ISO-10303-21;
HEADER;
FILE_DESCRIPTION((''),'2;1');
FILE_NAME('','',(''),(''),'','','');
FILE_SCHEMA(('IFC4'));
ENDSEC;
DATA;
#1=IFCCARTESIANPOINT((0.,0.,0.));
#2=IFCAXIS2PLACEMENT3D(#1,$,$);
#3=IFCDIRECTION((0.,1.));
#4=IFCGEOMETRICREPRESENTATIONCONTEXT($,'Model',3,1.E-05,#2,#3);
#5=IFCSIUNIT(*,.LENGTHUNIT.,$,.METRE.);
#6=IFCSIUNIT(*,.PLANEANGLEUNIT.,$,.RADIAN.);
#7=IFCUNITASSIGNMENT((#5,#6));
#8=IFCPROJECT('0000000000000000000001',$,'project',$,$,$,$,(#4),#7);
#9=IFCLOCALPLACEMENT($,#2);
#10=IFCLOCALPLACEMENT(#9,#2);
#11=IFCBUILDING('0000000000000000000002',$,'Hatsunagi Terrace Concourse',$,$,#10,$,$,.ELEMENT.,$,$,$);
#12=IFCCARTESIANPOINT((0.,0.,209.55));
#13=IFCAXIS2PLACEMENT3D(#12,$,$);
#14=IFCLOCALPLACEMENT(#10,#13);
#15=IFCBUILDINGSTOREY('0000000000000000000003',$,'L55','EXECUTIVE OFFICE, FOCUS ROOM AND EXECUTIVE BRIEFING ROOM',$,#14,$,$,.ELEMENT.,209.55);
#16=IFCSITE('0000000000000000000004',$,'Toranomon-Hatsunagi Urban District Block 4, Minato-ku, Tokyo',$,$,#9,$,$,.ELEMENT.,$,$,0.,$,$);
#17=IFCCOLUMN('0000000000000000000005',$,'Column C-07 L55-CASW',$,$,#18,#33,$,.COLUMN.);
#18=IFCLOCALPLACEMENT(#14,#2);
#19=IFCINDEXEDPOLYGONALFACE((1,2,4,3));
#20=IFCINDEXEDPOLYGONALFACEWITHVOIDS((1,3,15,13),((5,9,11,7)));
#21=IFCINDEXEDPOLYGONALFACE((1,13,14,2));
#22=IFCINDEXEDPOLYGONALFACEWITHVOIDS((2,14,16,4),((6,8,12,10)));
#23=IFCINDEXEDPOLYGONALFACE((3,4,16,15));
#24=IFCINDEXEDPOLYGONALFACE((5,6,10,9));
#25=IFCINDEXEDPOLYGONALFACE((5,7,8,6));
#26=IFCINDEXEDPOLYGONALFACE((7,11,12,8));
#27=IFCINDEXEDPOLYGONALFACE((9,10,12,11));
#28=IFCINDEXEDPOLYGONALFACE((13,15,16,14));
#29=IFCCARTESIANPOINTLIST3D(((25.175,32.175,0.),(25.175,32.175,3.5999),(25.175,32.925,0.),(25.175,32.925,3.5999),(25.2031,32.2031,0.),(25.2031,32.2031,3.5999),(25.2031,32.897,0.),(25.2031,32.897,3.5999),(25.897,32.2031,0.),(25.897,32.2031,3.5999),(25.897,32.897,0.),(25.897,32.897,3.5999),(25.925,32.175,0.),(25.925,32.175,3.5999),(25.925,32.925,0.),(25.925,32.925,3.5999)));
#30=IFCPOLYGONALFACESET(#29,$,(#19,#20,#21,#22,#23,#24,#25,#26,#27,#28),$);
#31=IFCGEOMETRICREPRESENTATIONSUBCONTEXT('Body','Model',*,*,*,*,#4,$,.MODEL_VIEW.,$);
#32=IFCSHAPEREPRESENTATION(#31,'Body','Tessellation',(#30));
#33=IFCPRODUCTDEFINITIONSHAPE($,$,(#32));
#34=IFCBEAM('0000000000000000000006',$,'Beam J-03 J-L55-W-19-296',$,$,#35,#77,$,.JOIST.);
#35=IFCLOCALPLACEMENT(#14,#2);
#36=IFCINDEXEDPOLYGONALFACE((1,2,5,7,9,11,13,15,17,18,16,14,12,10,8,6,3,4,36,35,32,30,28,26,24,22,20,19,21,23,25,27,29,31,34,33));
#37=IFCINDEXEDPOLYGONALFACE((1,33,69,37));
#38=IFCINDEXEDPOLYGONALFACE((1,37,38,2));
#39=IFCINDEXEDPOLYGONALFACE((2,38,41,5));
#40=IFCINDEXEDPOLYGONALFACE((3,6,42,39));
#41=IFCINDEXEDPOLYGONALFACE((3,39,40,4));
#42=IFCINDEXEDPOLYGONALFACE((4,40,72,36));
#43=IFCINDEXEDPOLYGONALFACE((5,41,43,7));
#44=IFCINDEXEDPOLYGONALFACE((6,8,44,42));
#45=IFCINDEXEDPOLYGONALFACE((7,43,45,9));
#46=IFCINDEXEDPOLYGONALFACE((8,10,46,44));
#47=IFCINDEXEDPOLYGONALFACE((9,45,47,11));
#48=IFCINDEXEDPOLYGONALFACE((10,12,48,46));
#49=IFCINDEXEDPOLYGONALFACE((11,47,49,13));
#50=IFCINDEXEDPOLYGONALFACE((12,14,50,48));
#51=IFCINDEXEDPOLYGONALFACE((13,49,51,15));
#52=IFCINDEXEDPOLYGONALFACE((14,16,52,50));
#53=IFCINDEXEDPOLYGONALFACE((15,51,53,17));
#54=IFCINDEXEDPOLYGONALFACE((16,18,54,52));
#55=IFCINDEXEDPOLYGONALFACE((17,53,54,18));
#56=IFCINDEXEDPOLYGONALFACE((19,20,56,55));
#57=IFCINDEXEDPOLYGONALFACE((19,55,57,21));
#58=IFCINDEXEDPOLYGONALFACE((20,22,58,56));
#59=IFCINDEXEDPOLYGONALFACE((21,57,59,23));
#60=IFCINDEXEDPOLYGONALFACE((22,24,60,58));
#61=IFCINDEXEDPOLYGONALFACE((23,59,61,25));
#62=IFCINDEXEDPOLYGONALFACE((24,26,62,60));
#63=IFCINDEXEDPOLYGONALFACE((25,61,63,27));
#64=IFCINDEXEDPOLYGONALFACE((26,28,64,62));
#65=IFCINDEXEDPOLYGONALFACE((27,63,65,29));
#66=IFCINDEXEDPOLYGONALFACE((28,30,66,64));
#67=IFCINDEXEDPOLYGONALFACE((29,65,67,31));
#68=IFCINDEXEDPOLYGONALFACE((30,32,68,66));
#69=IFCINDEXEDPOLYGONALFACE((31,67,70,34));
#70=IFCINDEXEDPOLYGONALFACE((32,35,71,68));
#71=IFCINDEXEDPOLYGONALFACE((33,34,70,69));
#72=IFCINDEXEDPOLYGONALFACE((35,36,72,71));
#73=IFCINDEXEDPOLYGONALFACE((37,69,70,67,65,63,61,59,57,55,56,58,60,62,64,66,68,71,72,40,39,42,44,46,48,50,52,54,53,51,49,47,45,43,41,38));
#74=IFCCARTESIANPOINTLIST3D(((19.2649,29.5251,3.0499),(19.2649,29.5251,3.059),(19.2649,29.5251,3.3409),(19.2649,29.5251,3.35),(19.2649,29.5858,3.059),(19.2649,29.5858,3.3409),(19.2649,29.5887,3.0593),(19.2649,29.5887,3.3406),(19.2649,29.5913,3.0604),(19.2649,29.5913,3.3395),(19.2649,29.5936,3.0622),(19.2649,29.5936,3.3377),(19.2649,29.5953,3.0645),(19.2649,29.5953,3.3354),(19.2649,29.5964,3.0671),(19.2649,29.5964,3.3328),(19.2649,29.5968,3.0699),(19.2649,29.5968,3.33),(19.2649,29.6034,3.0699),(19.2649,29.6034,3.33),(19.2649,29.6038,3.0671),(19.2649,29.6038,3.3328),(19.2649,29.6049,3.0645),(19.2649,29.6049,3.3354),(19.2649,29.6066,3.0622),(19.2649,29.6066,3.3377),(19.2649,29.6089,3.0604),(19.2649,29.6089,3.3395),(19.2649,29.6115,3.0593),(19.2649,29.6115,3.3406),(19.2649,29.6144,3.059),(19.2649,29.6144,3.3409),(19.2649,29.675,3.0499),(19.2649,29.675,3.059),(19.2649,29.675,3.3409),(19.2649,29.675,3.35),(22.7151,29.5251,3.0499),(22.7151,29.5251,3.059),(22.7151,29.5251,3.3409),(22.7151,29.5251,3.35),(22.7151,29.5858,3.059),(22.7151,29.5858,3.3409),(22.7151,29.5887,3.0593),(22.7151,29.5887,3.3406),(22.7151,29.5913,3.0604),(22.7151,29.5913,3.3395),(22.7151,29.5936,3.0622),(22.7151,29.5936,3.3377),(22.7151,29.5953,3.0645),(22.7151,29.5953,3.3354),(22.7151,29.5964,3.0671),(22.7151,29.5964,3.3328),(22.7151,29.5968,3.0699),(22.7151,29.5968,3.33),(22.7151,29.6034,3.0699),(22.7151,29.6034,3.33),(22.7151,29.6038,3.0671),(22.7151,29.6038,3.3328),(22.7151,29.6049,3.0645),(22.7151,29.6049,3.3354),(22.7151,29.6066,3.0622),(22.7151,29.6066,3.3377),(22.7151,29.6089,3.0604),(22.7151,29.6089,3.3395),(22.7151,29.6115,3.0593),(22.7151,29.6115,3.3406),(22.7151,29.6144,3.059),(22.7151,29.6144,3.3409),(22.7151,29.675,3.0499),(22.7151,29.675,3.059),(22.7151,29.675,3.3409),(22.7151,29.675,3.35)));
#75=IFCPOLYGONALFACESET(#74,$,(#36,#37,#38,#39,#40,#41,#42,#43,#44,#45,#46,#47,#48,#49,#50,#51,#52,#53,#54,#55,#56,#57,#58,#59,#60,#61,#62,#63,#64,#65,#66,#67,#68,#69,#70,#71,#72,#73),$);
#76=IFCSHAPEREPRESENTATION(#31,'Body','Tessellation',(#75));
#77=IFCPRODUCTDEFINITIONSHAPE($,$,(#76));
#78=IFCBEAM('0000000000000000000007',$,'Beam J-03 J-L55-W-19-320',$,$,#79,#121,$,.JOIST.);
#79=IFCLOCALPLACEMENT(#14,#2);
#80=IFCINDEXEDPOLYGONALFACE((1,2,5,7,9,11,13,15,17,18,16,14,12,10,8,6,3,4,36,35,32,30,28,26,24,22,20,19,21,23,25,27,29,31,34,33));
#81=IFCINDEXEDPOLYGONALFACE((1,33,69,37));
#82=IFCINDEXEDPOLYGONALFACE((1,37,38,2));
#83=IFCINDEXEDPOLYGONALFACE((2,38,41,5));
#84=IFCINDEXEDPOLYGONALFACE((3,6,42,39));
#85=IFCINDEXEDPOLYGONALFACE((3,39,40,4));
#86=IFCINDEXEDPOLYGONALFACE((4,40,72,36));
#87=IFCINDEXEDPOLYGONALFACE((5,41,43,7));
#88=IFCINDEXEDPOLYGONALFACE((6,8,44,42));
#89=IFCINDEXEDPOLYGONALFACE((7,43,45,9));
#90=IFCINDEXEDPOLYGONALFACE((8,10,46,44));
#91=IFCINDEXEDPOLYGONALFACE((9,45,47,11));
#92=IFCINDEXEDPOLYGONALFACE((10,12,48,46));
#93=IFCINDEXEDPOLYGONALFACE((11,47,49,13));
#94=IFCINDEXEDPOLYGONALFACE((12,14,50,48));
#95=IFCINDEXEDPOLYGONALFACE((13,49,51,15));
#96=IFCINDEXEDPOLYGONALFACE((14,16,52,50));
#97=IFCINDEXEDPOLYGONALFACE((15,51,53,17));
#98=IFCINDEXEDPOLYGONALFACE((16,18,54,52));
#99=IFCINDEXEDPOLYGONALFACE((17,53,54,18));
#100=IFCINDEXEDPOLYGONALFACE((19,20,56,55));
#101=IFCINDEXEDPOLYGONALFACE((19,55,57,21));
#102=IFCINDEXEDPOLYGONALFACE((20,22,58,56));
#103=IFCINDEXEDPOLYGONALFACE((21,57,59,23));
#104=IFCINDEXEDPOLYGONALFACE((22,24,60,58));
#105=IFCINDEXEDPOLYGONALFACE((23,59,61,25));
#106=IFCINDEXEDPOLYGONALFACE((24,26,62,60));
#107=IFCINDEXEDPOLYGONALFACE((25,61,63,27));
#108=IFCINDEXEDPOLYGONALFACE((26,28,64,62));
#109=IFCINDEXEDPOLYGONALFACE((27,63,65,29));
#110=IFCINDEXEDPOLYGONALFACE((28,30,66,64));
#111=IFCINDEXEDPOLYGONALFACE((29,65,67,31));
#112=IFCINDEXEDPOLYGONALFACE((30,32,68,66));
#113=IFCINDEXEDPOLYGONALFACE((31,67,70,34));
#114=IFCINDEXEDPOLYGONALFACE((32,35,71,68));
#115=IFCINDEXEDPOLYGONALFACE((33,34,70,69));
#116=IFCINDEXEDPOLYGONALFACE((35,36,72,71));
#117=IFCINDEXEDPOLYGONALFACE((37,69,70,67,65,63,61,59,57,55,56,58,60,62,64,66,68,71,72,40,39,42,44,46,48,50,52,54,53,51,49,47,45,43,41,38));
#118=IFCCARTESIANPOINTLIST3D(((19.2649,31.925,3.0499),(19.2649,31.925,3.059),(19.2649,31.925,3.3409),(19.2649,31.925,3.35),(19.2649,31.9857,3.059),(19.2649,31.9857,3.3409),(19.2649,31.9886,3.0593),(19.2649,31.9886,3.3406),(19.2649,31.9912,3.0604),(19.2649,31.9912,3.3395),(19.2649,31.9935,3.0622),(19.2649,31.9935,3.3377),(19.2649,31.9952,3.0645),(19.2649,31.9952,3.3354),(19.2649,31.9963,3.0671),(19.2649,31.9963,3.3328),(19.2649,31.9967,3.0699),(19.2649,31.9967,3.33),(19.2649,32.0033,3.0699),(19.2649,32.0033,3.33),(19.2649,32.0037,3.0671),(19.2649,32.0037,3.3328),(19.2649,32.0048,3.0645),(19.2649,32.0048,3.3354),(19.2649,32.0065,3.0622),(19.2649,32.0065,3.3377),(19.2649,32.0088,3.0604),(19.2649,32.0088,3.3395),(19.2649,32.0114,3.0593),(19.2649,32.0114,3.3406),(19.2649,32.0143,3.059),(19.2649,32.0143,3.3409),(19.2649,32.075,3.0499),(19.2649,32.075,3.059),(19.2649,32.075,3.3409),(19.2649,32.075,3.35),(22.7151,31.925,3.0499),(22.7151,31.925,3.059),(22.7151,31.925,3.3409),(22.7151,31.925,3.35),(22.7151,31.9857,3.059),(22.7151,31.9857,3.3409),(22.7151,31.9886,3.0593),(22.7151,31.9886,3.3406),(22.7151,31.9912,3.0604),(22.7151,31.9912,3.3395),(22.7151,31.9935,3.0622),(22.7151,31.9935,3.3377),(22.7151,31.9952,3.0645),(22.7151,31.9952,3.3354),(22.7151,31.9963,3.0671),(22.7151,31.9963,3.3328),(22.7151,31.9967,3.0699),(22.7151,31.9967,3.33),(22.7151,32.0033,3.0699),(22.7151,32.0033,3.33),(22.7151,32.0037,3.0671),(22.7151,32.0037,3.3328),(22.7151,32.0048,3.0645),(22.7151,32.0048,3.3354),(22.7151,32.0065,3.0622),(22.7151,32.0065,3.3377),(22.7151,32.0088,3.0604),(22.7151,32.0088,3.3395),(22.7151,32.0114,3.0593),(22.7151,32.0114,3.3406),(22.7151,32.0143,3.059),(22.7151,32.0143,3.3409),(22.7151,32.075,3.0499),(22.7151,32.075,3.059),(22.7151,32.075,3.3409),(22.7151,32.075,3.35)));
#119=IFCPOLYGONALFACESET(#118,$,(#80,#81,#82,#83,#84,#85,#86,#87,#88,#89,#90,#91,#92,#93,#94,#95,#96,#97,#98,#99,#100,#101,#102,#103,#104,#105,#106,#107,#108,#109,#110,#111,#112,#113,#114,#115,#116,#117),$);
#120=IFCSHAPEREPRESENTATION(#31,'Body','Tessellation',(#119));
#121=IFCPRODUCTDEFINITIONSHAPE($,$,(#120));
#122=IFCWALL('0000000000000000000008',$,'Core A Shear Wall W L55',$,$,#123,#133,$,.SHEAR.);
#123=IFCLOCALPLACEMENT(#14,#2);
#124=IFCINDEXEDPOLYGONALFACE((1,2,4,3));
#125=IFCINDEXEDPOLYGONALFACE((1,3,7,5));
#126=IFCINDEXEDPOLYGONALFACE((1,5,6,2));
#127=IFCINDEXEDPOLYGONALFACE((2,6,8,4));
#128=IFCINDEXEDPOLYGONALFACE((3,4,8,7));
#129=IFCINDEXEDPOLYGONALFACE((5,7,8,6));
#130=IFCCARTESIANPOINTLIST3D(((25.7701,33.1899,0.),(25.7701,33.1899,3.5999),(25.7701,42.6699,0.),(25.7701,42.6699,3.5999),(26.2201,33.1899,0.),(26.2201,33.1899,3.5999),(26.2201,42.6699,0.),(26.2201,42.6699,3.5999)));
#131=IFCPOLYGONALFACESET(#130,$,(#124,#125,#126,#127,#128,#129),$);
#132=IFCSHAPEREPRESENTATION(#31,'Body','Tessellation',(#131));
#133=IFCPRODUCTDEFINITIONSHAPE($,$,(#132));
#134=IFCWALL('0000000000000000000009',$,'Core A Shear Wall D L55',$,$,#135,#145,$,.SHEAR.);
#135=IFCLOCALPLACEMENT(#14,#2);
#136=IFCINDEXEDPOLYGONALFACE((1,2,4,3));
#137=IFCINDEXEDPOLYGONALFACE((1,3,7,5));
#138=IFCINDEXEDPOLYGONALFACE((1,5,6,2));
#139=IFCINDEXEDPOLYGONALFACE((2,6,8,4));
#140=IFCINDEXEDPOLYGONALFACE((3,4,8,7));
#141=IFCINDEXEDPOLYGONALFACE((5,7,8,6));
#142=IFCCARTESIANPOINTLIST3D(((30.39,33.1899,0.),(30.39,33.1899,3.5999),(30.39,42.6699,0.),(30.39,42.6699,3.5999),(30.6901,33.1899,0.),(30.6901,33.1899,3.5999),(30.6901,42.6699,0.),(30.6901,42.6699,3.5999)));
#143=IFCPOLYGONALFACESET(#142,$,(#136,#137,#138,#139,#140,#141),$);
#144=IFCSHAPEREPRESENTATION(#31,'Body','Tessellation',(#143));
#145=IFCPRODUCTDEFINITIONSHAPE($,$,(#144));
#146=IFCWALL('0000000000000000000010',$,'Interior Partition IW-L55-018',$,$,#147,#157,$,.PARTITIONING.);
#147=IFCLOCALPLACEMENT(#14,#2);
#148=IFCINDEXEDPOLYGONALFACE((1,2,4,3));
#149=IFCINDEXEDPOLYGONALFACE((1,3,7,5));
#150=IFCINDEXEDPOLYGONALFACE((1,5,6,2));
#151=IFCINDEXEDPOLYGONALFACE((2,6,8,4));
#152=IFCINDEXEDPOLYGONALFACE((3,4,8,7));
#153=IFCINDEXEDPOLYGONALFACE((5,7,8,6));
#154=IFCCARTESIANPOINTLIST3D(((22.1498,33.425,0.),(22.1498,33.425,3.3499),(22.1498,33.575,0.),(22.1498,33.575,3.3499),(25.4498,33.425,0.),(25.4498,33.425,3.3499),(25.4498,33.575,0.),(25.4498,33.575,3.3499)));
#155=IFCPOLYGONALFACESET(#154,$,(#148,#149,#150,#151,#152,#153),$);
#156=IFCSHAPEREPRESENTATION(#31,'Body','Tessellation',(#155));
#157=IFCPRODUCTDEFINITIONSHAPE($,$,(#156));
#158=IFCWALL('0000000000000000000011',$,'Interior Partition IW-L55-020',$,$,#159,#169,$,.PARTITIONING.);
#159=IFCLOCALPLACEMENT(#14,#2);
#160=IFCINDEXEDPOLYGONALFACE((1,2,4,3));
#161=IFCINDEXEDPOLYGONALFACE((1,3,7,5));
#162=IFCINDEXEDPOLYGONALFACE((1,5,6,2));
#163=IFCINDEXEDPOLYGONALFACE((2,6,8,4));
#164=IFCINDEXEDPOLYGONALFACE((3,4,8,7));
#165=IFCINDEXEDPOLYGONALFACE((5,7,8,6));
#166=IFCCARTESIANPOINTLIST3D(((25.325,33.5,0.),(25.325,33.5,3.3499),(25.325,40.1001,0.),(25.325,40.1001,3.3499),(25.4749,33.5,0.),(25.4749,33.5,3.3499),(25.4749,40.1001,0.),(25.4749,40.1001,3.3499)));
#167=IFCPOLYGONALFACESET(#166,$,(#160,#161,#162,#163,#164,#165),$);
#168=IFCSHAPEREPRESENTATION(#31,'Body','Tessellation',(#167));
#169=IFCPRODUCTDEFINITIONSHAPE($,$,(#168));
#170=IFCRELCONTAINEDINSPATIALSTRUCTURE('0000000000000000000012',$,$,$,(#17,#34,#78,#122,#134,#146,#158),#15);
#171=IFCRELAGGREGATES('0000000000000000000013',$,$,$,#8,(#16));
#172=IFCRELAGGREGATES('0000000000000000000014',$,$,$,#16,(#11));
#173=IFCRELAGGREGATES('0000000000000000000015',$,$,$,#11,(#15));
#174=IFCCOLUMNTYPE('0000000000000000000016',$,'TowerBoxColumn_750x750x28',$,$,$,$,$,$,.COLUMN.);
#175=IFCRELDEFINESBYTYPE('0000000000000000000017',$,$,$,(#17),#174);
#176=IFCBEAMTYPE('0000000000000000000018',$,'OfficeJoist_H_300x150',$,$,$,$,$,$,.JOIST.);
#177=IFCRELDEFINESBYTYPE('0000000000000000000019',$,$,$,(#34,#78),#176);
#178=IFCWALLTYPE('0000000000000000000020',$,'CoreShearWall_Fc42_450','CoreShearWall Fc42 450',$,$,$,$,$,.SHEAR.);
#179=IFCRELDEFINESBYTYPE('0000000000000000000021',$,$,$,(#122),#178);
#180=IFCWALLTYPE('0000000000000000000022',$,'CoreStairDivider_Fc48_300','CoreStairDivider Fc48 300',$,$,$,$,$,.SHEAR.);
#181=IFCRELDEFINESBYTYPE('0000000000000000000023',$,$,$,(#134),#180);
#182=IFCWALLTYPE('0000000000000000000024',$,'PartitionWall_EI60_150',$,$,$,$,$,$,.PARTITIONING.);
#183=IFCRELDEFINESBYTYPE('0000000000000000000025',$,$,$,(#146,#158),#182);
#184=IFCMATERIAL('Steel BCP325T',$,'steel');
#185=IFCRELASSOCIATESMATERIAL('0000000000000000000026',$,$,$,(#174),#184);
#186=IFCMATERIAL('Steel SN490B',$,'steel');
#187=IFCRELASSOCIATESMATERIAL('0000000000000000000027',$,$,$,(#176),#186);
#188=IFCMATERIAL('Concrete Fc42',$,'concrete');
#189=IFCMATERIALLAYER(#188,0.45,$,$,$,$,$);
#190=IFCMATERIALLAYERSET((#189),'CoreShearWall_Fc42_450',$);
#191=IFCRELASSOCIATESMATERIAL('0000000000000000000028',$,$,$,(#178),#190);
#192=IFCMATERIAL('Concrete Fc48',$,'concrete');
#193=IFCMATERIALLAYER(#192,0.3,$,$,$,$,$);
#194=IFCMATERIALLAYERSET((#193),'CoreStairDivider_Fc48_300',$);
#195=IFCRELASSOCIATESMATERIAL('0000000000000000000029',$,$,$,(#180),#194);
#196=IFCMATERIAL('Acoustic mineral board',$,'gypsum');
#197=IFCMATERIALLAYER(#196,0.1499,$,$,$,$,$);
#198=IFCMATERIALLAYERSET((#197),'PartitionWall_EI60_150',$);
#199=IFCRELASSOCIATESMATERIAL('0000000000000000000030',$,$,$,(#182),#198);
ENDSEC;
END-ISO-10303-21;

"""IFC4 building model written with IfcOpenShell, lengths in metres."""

from ifc_helpers import new_model, si_unit, direction, frame, frame_2d, origin, origin_2d, place, context, subcontext, project, spatial, rectangle, hollow_rectangle, i_section, extrude, material, layer, layer_set, material_profile, profile_set, type_object, element, save


model = new_model("IFC4")

# Units and contexts
model_context = context("Model", 3, precision=1e-05, world=origin(), true_north=direction((0.0, 1.0)))
body_context = subcontext(model_context, "Body", "Model", "MODEL_VIEW")
ifc_project = project(units=[si_unit("LENGTHUNIT", "METRE"), si_unit("PLANEANGLEUNIT", "RADIAN")], contexts=[model_context])

# Site, building, storey
site_placement = place(None, origin())
site = spatial("IfcSite", under=ifc_project, at=site_placement, Name="Toranomon-Hatsunagi Urban District Block 4, Minato-ku, Tokyo", CompositionType="ELEMENT", RefElevation=0.0)
building_placement = place(site_placement, origin())
building = spatial("IfcBuilding", under=site, at=building_placement, Name="Hatsunagi Terrace Concourse", CompositionType="ELEMENT")
storey_placement = place(building_placement, frame((0.0, 0.0, 209.55)))
storey = spatial("IfcBuildingStorey", under=building, at=storey_placement, Name="L55", Description="EXECUTIVE OFFICE, FOCUS ROOM AND EXECUTIVE BRIEFING ROOM", CompositionType="ELEMENT", Elevation=209.55)

# Column
ifc_material_1 = material(Name="Steel BCP325T", Category="steel")
ifc_material_profile_1 = material_profile(ifc_material_1, hollow_rectangle(XDim=0.75, YDim=0.75, WallThickness=0.0281, at=origin_2d()), Name="BCP-750x750x28")
ifc_profile_set_1 = profile_set([ifc_material_profile_1], Name="Steel BCP325T")
column_type = type_object("IfcColumnType", Name="TowerBoxColumn_750x750x28", PredefinedType="COLUMN", material=ifc_profile_set_1)
column_placement = place(storey_placement, frame((25.55, 32.55, 0.0), z_axis=(0.0, 0.0, 1.0), x_axis=(1.0, 0.0, 0.0)))
element("IfcColumn", 1, at=column_placement, inside=storey, type_object=column_type, Name="Column C-07 L55-CASW", PredefinedType="COLUMN", context=body_context, shape_type="SweptSolid", body=[
    extrude(hollow_rectangle(XDim=0.75, YDim=0.75, WallThickness=0.0281, at=origin_2d()), origin(), (0.0, 0.0, 1.0), 3.5999),
])

# Beams
ifc_material_2 = material(Name="Steel SN490B", Category="steel")
ifc_material_profile_2 = material_profile(ifc_material_2, i_section(OverallWidth=0.1499, OverallDepth=0.3, WebThickness=0.0066, FlangeThickness=0.009, FilletRadius=0.011, at=origin_2d()), Name="H-300x150x6.5x9")
ifc_profile_set_2 = profile_set([ifc_material_profile_2], Name="Steel SN490B")
beam_type = type_object("IfcBeamType", Name="OfficeJoist_H_300x150", PredefinedType="JOIST", material=ifc_profile_set_2)
for number, where, z_axis, x_axis, name in (
    (2, (19.2649, 29.6001, 3.2), (1.0, 0.0, 0.0), (0.0, 1.0, 0.0), "Beam J-03 J-L55-W-19-296"),
    (3, (19.2649, 32.0, 3.2), (1.0, 0.0, 0.0), (0.0, 1.0, 0.0), "Beam J-03 J-L55-W-19-320"),
):
    element("IfcBeam", number, at=place(storey_placement, frame(where, z_axis=z_axis, x_axis=x_axis)), inside=storey, type_object=beam_type, Name=name, PredefinedType="JOIST", context=body_context, shape_type="SweptSolid", body=[
        extrude(i_section(OverallWidth=0.1499, OverallDepth=0.3, WebThickness=0.0066, FlangeThickness=0.009, FilletRadius=0.011, at=origin_2d()), origin(), (0.0, 0.0, 1.0), 3.4502),
    ])

# Shared definitions
ifc_material_3 = material(Name="Concrete Fc42", Category="concrete")
ifc_layer_1 = layer(ifc_material_3, 0.45)
ifc_layer_set_1 = layer_set([ifc_layer_1], Name="CoreShearWall_Fc42_450")
wall_type_1 = type_object("IfcWallType", Name="CoreShearWall_Fc42_450", Description="CoreShearWall Fc42 450", PredefinedType="SHEAR", material=ifc_layer_set_1)

# Walls
wall_1_placement = place(storey_placement, frame((25.9951, 33.1899, 0.0), z_axis=(0.0, 0.0, 1.0), x_axis=(0.0, 1.0, 0.0)))
element("IfcWall", 4, at=wall_1_placement, inside=storey, type_object=wall_type_1, Name="Core A Shear Wall W L55", PredefinedType="SHEAR", context=body_context, shape_type="SweptSolid", body=[
    extrude(rectangle(XDim=9.48, YDim=0.45, at=frame_2d((4.74, 0.0))), origin(), (0.0, 0.0, 1.0), 3.5999),
])
ifc_material_4 = material(Name="Concrete Fc48", Category="concrete")
ifc_layer_2 = layer(ifc_material_4, 0.3)
ifc_layer_set_2 = layer_set([ifc_layer_2], Name="CoreStairDivider_Fc48_300")
wall_type_2 = type_object("IfcWallType", Name="CoreStairDivider_Fc48_300", Description="CoreStairDivider Fc48 300", PredefinedType="SHEAR", material=ifc_layer_set_2)
wall_2_placement = place(storey_placement, frame((30.54, 33.1899, 0.0), z_axis=(0.0, 0.0, 1.0), x_axis=(0.0, 1.0, 0.0)))
element("IfcWall", 5, at=wall_2_placement, inside=storey, type_object=wall_type_2, Name="Core A Shear Wall D L55", PredefinedType="SHEAR", context=body_context, shape_type="SweptSolid", body=[
    extrude(rectangle(XDim=9.48, YDim=0.3, at=frame_2d((4.74, 0.0))), origin(), (0.0, 0.0, 1.0), 3.5999),
])
ifc_material_5 = material(Name="Acoustic mineral board", Category="gypsum")
ifc_layer_3 = layer(ifc_material_5, 0.1499)
ifc_layer_set_3 = layer_set([ifc_layer_3], Name="PartitionWall_EI60_150")
wall_type_3 = type_object("IfcWallType", Name="PartitionWall_EI60_150", PredefinedType="PARTITIONING", material=ifc_layer_set_3)
wall_3_placement = place(storey_placement, frame((22.1499, 33.5, 0.0), z_axis=(0.0, 0.0, 1.0), x_axis=(1.0, 0.0, 0.0)))
element("IfcWall", 6, at=wall_3_placement, inside=storey, type_object=wall_type_3, Name="Interior Partition IW-L55-018", PredefinedType="PARTITIONING", context=body_context, shape_type="SweptSolid", body=[
    extrude(rectangle(XDim=3.3, YDim=0.1499, at=frame_2d((1.6499, 0.0))), origin(), (0.0, 0.0, 1.0), 3.3499),
])
wall_4_placement = place(storey_placement, frame((25.3999, 33.5, 0.0), z_axis=(0.0, 0.0, 1.0), x_axis=(0.0, 1.0, 0.0)))
element("IfcWall", 7, at=wall_4_placement, inside=storey, type_object=wall_type_3, Name="Interior Partition IW-L55-020", PredefinedType="PARTITIONING", context=body_context, shape_type="SweptSolid", body=[
    extrude(rectangle(XDim=6.6001, YDim=0.1499, at=frame_2d((3.3, 0.0))), origin(), (0.0, 0.0, 1.0), 3.3499),
])

save(model, "model.ifc")
